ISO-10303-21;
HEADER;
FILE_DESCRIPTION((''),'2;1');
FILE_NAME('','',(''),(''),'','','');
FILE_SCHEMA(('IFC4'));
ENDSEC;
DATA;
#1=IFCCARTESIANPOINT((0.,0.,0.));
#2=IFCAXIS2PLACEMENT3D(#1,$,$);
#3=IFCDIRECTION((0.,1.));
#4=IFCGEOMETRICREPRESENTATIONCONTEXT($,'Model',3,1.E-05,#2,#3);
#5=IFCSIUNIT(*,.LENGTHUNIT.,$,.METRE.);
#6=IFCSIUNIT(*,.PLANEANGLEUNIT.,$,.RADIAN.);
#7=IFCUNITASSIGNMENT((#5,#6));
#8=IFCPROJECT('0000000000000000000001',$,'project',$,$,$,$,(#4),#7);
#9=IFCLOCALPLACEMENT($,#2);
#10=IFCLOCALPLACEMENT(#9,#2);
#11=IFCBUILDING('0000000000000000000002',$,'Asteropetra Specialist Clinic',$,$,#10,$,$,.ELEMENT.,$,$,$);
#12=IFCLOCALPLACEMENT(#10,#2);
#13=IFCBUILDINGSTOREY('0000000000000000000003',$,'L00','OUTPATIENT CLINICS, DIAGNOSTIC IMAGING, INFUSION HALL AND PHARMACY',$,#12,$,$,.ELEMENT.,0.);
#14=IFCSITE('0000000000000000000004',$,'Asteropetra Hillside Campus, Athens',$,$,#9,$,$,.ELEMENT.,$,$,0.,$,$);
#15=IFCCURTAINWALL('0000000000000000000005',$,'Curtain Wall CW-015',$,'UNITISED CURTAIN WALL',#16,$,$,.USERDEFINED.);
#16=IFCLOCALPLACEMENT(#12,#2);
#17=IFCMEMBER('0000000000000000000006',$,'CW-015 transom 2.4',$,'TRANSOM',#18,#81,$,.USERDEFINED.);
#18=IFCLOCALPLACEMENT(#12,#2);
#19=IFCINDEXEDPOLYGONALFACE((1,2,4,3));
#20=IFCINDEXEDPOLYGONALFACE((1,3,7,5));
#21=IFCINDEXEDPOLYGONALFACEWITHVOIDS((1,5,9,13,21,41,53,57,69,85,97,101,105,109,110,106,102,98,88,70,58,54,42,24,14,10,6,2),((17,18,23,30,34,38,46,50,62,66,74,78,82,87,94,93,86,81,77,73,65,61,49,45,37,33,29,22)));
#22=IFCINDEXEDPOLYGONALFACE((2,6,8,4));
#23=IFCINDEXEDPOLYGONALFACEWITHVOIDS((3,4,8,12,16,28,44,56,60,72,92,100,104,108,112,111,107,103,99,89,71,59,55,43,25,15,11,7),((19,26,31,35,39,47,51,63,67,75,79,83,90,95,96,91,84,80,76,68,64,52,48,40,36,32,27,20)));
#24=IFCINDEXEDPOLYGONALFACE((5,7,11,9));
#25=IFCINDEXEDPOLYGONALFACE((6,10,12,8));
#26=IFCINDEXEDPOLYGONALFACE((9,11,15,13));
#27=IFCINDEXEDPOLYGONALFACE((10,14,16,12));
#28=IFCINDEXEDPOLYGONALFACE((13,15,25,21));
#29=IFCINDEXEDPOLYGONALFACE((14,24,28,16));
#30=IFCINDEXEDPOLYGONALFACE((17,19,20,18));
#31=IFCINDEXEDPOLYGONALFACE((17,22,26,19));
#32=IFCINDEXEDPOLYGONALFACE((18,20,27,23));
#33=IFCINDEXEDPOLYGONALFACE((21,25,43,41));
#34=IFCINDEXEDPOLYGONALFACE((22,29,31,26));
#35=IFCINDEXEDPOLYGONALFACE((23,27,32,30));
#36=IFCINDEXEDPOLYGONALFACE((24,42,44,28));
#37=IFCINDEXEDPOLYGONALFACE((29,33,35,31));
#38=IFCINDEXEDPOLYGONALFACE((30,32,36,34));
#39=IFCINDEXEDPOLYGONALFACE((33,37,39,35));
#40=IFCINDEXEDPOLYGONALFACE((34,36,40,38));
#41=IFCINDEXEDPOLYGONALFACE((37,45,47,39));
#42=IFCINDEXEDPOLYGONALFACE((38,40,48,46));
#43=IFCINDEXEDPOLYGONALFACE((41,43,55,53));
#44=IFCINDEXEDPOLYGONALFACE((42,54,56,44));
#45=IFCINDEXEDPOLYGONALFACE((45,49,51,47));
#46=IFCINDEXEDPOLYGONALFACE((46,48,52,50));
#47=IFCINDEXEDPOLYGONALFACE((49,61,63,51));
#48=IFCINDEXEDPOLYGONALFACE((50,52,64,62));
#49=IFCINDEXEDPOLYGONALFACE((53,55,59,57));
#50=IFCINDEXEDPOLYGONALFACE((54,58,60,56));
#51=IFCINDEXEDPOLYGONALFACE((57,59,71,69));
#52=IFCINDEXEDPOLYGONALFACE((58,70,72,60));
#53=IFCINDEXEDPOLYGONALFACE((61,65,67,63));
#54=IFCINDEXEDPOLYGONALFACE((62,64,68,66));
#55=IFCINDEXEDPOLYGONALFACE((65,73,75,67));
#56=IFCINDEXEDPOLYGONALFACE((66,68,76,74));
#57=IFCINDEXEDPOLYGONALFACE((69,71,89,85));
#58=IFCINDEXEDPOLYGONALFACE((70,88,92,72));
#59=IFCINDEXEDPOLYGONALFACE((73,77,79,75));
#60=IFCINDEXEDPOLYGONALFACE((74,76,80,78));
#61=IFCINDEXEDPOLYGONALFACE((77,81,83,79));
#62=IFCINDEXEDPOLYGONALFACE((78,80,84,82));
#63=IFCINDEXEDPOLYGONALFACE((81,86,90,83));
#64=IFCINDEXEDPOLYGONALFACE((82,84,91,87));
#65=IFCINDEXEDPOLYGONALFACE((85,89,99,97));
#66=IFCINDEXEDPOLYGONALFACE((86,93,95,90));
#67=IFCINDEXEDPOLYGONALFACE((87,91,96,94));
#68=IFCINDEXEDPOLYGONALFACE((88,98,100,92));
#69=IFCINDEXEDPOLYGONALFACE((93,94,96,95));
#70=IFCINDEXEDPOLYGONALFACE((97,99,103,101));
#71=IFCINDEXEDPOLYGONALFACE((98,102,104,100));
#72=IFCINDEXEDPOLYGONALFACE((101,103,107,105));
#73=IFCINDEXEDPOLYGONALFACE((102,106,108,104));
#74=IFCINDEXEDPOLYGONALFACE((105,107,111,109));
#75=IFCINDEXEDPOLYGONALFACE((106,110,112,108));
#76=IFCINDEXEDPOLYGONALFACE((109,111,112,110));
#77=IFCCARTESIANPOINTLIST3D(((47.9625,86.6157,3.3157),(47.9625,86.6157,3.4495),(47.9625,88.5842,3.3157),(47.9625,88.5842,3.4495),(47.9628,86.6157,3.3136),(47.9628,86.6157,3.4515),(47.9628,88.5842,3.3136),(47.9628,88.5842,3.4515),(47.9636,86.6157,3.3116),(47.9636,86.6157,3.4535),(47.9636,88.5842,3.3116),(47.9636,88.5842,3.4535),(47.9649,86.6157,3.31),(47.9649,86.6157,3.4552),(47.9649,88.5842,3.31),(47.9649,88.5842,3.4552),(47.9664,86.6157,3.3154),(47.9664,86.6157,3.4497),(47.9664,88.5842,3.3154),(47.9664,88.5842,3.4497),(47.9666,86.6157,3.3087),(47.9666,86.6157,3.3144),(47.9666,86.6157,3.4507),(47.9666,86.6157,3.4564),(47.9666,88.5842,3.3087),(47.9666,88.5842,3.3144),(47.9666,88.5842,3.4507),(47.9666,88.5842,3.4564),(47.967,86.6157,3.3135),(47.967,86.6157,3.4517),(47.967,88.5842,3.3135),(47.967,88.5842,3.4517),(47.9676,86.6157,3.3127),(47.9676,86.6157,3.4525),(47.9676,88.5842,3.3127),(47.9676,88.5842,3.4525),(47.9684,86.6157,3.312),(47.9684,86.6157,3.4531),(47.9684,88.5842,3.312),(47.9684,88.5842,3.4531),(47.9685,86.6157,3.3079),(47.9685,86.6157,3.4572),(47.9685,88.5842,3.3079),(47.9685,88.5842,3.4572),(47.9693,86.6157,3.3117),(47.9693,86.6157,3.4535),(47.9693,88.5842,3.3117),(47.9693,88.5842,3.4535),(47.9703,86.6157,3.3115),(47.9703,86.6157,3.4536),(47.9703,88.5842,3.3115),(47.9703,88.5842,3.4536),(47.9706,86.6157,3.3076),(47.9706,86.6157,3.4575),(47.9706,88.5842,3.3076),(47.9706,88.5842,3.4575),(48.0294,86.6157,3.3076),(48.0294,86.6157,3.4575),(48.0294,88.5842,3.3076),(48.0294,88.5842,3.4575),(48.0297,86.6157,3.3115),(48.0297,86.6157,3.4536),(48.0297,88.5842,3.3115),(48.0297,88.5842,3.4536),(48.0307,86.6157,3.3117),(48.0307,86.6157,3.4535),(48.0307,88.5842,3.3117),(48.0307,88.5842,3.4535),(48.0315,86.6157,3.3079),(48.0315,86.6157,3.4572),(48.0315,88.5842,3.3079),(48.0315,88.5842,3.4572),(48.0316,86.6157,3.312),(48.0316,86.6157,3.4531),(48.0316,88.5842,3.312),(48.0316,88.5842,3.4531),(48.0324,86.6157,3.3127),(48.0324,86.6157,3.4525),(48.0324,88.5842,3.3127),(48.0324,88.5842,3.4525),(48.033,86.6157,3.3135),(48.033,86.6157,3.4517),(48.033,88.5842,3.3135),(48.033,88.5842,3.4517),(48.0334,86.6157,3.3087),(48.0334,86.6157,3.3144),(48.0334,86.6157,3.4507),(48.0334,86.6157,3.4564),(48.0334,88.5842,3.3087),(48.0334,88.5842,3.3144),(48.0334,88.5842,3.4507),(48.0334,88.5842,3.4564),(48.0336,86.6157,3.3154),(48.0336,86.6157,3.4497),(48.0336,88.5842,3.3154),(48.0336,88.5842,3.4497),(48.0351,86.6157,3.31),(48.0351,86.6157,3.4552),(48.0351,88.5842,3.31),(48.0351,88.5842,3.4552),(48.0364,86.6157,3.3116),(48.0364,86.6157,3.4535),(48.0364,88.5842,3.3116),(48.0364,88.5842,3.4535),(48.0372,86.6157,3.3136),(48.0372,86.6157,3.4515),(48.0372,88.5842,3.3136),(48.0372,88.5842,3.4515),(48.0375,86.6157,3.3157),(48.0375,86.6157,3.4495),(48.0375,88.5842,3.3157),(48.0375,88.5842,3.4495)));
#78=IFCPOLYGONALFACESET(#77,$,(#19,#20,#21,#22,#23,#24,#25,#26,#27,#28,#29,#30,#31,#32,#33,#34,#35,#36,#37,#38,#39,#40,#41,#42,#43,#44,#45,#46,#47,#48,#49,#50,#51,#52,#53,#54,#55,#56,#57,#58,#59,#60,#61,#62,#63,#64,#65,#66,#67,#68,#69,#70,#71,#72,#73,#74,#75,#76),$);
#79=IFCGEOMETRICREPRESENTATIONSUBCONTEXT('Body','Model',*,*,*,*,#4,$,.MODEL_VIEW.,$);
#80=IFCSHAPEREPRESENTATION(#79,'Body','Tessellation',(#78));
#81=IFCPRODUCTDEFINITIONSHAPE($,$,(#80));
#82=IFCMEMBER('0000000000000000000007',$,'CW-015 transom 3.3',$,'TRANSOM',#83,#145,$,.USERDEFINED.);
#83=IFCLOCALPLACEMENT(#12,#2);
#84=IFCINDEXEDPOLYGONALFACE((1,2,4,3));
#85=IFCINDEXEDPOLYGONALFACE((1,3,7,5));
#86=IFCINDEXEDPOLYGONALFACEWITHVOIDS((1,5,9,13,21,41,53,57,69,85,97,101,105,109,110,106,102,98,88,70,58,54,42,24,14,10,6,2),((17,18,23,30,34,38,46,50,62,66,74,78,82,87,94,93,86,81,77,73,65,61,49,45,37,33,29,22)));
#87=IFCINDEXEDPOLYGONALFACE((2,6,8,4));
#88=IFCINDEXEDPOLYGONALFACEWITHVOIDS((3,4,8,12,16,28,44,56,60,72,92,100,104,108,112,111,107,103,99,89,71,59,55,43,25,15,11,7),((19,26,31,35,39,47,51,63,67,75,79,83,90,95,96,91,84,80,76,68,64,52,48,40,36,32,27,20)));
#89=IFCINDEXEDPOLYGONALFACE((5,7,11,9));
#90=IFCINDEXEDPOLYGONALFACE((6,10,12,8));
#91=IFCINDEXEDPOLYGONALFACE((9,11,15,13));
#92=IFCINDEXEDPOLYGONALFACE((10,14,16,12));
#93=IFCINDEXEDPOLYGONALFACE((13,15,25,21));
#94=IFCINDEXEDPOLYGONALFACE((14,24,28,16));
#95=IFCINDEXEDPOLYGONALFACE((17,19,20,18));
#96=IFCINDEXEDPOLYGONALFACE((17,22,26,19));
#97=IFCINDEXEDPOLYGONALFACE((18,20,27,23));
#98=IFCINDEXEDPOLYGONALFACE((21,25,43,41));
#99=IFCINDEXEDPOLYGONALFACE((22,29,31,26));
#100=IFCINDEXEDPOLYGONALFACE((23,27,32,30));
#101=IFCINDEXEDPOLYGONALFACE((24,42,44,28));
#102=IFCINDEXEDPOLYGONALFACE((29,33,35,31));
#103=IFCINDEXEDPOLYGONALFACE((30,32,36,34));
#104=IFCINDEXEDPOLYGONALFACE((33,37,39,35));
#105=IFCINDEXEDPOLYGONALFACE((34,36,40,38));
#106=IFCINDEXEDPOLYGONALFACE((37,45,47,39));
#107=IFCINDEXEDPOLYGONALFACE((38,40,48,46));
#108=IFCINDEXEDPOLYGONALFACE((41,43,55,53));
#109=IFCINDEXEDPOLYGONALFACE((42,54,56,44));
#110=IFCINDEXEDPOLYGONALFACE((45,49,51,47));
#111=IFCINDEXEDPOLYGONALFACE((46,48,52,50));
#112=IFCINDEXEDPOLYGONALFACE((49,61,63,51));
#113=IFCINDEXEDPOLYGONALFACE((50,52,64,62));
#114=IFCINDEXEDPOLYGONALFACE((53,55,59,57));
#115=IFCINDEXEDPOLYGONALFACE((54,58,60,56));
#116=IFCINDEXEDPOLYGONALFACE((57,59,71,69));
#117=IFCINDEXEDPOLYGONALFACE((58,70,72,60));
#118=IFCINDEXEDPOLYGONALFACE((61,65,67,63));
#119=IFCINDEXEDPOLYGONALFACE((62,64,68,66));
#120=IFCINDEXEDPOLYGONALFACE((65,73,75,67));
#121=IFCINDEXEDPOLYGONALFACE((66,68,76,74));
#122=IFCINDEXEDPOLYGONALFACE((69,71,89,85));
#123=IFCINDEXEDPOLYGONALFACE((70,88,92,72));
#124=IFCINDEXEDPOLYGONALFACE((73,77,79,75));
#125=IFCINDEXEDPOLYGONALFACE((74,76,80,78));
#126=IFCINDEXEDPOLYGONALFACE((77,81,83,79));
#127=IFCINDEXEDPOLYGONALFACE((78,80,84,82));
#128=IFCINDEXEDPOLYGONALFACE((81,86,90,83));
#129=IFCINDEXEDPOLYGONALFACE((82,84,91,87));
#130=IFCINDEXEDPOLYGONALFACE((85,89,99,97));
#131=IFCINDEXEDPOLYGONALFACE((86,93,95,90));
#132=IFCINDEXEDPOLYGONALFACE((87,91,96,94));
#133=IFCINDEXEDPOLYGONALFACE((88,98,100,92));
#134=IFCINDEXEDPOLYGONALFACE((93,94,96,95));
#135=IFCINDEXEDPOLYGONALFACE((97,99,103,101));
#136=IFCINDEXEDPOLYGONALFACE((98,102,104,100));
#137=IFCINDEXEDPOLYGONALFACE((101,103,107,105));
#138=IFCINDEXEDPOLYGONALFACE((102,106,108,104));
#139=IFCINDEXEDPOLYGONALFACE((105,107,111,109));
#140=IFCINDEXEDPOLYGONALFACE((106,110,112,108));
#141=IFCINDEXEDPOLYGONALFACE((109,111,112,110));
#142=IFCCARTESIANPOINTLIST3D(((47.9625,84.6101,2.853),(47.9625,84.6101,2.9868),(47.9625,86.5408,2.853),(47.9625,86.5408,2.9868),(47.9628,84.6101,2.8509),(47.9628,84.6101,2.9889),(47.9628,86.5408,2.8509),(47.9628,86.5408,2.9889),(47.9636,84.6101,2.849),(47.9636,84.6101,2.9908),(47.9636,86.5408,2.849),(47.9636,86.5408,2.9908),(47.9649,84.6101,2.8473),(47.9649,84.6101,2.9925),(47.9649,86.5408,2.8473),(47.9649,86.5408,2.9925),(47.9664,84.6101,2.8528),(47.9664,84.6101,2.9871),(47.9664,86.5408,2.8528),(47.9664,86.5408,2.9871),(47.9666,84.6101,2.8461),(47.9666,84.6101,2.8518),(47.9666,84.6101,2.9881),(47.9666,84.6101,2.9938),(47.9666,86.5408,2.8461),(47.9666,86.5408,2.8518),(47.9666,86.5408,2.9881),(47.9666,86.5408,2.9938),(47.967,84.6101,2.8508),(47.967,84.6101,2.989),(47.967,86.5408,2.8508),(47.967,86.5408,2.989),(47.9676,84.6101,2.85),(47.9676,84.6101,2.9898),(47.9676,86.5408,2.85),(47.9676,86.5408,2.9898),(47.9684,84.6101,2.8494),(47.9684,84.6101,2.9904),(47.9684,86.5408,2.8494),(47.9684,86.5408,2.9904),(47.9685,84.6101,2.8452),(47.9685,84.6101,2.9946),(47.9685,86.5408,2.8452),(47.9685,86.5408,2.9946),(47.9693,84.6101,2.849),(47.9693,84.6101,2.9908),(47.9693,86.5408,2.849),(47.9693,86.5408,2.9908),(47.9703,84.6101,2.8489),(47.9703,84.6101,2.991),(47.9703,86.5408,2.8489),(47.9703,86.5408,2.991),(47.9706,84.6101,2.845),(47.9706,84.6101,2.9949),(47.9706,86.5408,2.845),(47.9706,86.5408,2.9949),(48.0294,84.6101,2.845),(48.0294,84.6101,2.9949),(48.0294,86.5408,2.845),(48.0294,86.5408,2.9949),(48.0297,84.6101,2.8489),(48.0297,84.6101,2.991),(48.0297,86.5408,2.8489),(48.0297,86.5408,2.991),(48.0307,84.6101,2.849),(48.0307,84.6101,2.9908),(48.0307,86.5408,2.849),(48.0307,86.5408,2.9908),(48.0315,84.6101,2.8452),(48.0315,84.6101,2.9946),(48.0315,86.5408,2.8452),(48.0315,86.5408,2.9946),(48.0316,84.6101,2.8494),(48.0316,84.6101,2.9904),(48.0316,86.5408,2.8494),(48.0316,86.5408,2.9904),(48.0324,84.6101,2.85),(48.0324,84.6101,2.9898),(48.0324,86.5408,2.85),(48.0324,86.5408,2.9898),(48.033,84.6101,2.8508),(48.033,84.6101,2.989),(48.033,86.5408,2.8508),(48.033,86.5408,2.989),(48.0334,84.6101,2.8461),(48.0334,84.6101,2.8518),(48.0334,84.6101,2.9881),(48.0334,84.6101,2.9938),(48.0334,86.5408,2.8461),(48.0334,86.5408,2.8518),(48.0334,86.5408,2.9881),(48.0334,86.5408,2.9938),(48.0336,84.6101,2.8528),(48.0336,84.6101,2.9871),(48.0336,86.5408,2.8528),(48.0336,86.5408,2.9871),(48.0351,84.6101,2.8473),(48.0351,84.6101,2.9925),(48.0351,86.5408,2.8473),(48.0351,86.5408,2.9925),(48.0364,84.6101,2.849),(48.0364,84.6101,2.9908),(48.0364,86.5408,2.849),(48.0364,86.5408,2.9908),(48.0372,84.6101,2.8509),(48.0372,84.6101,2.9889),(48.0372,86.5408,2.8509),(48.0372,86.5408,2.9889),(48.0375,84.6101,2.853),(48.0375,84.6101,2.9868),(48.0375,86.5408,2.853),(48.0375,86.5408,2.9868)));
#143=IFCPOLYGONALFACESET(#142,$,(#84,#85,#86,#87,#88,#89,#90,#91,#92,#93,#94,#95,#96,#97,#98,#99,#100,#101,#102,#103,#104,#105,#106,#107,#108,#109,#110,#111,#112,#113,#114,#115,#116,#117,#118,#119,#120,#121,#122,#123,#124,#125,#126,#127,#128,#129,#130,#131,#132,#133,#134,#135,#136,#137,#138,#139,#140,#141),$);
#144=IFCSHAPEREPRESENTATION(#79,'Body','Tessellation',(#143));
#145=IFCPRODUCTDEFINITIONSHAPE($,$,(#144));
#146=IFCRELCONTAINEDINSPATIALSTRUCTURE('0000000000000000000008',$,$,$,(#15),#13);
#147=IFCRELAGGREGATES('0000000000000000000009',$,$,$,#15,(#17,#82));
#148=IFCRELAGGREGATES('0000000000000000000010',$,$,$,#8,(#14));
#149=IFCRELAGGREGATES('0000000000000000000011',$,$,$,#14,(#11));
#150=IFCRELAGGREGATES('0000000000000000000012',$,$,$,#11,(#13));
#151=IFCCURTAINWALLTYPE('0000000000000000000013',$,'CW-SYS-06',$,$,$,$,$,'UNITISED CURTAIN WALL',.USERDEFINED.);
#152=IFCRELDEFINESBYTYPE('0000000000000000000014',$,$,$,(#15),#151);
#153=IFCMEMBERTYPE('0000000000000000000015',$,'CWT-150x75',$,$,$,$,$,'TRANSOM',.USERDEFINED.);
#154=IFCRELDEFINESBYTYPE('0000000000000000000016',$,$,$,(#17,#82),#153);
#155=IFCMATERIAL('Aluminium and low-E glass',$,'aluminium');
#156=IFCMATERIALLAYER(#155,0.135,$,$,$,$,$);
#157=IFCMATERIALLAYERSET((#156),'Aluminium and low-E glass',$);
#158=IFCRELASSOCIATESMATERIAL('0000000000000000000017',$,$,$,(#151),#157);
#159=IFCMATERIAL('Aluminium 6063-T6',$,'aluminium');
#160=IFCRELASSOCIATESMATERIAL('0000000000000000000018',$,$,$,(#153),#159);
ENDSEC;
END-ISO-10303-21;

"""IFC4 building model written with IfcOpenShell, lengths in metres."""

from ifc_helpers import new_model, si_unit, direction, frame, origin, origin_2d, place, context, subcontext, project, spatial, hollow_rectangle, extrude, material, layer, layer_set, material_profile, profile_set, type_object, element, aggregate, save


model = new_model("IFC4")

# Units and contexts
model_context = context("Model", 3, precision=1e-05, world=origin(), true_north=direction((0.0, 1.0)))
body_context = subcontext(model_context, "Body", "Model", "MODEL_VIEW")
ifc_project = project(units=[si_unit("LENGTHUNIT", "METRE"), si_unit("PLANEANGLEUNIT", "RADIAN")], contexts=[model_context])

# Site, building, storey
site_placement = place(None, origin())
site = spatial("IfcSite", under=ifc_project, at=site_placement, Name="Asteropetra Hillside Campus, Athens", CompositionType="ELEMENT", RefElevation=0.0)
building_placement = place(site_placement, origin())
building = spatial("IfcBuilding", under=site, at=building_placement, Name="Asteropetra Specialist Clinic", CompositionType="ELEMENT")
storey_placement = place(building_placement, origin())
storey = spatial("IfcBuildingStorey", under=building, at=storey_placement, Name="L00", Description="OUTPATIENT CLINICS, DIAGNOSTIC IMAGING, INFUSION HALL AND PHARMACY", CompositionType="ELEMENT", Elevation=0.0)

# Curtain wall, members
ifc_material_1 = material(Name="Aluminium and low-E glass", Category="aluminium")
ifc_layer_1 = layer(ifc_material_1, 0.135)
ifc_layer_set_1 = layer_set([ifc_layer_1], Name="Aluminium and low-E glass")
curtain_wall_type_1 = type_object("IfcCurtainWallType", Name="CW-SYS-06", ElementType="UNITISED CURTAIN WALL", PredefinedType="USERDEFINED", material=ifc_layer_set_1)
curtain_wall_1_placement = place(storey_placement, origin())
curtain_wall_1 = element("IfcCurtainWall", 1, at=curtain_wall_1_placement, inside=storey, type_object=curtain_wall_type_1, Name="Curtain Wall CW-015", ObjectType="UNITISED CURTAIN WALL", PredefinedType="USERDEFINED")
ifc_material_2 = material(Name="Aluminium 6063-T6", Category="aluminium")
ifc_material_profile_1 = material_profile(ifc_material_2, hollow_rectangle(XDim=0.075, YDim=0.1499, WallThickness=0.0039, InnerFilletRadius=0.0039, OuterFilletRadius=0.0081, at=origin_2d()), Name="TRN 150x75x4.0")
ifc_profile_set_1 = profile_set([ifc_material_profile_1], Name="Aluminium 6063-T6")
member_type_1 = type_object("IfcMemberType", Name="CWT-150x75", ElementType="TRANSOM", PredefinedType="USERDEFINED", material=ifc_profile_set_1)
member_1_placement = place(storey_placement, frame((48.0, 88.5842, 3.3826), z_axis=(0.0, -1.0, 0.0), x_axis=(1.0, 0.0, 0.0)))
member_1 = element("IfcMember", 2, at=member_1_placement, type_object=member_type_1, Name="CW-015 transom 2.4", ObjectType="TRANSOM", PredefinedType="USERDEFINED", context=body_context, shape_type="SweptSolid", body=[
    extrude(hollow_rectangle(XDim=0.075, YDim=0.1499, WallThickness=0.0039, InnerFilletRadius=0.0039, OuterFilletRadius=0.0081, at=origin_2d()), origin(), (0.0, 0.0, 1.0), 1.9685),
])
member_2_placement = place(storey_placement, frame((48.0, 86.5408, 2.9199), z_axis=(0.0, -1.0, 0.0), x_axis=(1.0, 0.0, 0.0)))
member_2 = element("IfcMember", 3, at=member_2_placement, type_object=member_type_1, Name="CW-015 transom 3.3", ObjectType="TRANSOM", PredefinedType="USERDEFINED", context=body_context, shape_type="SweptSolid", body=[
    extrude(hollow_rectangle(XDim=0.075, YDim=0.1499, WallThickness=0.0039, InnerFilletRadius=0.0039, OuterFilletRadius=0.0081, at=origin_2d()), origin(), (0.0, 0.0, 1.0), 1.9307),
])
aggregate(curtain_wall_1, [member_1, member_2])

save(model, "model.ifc")
